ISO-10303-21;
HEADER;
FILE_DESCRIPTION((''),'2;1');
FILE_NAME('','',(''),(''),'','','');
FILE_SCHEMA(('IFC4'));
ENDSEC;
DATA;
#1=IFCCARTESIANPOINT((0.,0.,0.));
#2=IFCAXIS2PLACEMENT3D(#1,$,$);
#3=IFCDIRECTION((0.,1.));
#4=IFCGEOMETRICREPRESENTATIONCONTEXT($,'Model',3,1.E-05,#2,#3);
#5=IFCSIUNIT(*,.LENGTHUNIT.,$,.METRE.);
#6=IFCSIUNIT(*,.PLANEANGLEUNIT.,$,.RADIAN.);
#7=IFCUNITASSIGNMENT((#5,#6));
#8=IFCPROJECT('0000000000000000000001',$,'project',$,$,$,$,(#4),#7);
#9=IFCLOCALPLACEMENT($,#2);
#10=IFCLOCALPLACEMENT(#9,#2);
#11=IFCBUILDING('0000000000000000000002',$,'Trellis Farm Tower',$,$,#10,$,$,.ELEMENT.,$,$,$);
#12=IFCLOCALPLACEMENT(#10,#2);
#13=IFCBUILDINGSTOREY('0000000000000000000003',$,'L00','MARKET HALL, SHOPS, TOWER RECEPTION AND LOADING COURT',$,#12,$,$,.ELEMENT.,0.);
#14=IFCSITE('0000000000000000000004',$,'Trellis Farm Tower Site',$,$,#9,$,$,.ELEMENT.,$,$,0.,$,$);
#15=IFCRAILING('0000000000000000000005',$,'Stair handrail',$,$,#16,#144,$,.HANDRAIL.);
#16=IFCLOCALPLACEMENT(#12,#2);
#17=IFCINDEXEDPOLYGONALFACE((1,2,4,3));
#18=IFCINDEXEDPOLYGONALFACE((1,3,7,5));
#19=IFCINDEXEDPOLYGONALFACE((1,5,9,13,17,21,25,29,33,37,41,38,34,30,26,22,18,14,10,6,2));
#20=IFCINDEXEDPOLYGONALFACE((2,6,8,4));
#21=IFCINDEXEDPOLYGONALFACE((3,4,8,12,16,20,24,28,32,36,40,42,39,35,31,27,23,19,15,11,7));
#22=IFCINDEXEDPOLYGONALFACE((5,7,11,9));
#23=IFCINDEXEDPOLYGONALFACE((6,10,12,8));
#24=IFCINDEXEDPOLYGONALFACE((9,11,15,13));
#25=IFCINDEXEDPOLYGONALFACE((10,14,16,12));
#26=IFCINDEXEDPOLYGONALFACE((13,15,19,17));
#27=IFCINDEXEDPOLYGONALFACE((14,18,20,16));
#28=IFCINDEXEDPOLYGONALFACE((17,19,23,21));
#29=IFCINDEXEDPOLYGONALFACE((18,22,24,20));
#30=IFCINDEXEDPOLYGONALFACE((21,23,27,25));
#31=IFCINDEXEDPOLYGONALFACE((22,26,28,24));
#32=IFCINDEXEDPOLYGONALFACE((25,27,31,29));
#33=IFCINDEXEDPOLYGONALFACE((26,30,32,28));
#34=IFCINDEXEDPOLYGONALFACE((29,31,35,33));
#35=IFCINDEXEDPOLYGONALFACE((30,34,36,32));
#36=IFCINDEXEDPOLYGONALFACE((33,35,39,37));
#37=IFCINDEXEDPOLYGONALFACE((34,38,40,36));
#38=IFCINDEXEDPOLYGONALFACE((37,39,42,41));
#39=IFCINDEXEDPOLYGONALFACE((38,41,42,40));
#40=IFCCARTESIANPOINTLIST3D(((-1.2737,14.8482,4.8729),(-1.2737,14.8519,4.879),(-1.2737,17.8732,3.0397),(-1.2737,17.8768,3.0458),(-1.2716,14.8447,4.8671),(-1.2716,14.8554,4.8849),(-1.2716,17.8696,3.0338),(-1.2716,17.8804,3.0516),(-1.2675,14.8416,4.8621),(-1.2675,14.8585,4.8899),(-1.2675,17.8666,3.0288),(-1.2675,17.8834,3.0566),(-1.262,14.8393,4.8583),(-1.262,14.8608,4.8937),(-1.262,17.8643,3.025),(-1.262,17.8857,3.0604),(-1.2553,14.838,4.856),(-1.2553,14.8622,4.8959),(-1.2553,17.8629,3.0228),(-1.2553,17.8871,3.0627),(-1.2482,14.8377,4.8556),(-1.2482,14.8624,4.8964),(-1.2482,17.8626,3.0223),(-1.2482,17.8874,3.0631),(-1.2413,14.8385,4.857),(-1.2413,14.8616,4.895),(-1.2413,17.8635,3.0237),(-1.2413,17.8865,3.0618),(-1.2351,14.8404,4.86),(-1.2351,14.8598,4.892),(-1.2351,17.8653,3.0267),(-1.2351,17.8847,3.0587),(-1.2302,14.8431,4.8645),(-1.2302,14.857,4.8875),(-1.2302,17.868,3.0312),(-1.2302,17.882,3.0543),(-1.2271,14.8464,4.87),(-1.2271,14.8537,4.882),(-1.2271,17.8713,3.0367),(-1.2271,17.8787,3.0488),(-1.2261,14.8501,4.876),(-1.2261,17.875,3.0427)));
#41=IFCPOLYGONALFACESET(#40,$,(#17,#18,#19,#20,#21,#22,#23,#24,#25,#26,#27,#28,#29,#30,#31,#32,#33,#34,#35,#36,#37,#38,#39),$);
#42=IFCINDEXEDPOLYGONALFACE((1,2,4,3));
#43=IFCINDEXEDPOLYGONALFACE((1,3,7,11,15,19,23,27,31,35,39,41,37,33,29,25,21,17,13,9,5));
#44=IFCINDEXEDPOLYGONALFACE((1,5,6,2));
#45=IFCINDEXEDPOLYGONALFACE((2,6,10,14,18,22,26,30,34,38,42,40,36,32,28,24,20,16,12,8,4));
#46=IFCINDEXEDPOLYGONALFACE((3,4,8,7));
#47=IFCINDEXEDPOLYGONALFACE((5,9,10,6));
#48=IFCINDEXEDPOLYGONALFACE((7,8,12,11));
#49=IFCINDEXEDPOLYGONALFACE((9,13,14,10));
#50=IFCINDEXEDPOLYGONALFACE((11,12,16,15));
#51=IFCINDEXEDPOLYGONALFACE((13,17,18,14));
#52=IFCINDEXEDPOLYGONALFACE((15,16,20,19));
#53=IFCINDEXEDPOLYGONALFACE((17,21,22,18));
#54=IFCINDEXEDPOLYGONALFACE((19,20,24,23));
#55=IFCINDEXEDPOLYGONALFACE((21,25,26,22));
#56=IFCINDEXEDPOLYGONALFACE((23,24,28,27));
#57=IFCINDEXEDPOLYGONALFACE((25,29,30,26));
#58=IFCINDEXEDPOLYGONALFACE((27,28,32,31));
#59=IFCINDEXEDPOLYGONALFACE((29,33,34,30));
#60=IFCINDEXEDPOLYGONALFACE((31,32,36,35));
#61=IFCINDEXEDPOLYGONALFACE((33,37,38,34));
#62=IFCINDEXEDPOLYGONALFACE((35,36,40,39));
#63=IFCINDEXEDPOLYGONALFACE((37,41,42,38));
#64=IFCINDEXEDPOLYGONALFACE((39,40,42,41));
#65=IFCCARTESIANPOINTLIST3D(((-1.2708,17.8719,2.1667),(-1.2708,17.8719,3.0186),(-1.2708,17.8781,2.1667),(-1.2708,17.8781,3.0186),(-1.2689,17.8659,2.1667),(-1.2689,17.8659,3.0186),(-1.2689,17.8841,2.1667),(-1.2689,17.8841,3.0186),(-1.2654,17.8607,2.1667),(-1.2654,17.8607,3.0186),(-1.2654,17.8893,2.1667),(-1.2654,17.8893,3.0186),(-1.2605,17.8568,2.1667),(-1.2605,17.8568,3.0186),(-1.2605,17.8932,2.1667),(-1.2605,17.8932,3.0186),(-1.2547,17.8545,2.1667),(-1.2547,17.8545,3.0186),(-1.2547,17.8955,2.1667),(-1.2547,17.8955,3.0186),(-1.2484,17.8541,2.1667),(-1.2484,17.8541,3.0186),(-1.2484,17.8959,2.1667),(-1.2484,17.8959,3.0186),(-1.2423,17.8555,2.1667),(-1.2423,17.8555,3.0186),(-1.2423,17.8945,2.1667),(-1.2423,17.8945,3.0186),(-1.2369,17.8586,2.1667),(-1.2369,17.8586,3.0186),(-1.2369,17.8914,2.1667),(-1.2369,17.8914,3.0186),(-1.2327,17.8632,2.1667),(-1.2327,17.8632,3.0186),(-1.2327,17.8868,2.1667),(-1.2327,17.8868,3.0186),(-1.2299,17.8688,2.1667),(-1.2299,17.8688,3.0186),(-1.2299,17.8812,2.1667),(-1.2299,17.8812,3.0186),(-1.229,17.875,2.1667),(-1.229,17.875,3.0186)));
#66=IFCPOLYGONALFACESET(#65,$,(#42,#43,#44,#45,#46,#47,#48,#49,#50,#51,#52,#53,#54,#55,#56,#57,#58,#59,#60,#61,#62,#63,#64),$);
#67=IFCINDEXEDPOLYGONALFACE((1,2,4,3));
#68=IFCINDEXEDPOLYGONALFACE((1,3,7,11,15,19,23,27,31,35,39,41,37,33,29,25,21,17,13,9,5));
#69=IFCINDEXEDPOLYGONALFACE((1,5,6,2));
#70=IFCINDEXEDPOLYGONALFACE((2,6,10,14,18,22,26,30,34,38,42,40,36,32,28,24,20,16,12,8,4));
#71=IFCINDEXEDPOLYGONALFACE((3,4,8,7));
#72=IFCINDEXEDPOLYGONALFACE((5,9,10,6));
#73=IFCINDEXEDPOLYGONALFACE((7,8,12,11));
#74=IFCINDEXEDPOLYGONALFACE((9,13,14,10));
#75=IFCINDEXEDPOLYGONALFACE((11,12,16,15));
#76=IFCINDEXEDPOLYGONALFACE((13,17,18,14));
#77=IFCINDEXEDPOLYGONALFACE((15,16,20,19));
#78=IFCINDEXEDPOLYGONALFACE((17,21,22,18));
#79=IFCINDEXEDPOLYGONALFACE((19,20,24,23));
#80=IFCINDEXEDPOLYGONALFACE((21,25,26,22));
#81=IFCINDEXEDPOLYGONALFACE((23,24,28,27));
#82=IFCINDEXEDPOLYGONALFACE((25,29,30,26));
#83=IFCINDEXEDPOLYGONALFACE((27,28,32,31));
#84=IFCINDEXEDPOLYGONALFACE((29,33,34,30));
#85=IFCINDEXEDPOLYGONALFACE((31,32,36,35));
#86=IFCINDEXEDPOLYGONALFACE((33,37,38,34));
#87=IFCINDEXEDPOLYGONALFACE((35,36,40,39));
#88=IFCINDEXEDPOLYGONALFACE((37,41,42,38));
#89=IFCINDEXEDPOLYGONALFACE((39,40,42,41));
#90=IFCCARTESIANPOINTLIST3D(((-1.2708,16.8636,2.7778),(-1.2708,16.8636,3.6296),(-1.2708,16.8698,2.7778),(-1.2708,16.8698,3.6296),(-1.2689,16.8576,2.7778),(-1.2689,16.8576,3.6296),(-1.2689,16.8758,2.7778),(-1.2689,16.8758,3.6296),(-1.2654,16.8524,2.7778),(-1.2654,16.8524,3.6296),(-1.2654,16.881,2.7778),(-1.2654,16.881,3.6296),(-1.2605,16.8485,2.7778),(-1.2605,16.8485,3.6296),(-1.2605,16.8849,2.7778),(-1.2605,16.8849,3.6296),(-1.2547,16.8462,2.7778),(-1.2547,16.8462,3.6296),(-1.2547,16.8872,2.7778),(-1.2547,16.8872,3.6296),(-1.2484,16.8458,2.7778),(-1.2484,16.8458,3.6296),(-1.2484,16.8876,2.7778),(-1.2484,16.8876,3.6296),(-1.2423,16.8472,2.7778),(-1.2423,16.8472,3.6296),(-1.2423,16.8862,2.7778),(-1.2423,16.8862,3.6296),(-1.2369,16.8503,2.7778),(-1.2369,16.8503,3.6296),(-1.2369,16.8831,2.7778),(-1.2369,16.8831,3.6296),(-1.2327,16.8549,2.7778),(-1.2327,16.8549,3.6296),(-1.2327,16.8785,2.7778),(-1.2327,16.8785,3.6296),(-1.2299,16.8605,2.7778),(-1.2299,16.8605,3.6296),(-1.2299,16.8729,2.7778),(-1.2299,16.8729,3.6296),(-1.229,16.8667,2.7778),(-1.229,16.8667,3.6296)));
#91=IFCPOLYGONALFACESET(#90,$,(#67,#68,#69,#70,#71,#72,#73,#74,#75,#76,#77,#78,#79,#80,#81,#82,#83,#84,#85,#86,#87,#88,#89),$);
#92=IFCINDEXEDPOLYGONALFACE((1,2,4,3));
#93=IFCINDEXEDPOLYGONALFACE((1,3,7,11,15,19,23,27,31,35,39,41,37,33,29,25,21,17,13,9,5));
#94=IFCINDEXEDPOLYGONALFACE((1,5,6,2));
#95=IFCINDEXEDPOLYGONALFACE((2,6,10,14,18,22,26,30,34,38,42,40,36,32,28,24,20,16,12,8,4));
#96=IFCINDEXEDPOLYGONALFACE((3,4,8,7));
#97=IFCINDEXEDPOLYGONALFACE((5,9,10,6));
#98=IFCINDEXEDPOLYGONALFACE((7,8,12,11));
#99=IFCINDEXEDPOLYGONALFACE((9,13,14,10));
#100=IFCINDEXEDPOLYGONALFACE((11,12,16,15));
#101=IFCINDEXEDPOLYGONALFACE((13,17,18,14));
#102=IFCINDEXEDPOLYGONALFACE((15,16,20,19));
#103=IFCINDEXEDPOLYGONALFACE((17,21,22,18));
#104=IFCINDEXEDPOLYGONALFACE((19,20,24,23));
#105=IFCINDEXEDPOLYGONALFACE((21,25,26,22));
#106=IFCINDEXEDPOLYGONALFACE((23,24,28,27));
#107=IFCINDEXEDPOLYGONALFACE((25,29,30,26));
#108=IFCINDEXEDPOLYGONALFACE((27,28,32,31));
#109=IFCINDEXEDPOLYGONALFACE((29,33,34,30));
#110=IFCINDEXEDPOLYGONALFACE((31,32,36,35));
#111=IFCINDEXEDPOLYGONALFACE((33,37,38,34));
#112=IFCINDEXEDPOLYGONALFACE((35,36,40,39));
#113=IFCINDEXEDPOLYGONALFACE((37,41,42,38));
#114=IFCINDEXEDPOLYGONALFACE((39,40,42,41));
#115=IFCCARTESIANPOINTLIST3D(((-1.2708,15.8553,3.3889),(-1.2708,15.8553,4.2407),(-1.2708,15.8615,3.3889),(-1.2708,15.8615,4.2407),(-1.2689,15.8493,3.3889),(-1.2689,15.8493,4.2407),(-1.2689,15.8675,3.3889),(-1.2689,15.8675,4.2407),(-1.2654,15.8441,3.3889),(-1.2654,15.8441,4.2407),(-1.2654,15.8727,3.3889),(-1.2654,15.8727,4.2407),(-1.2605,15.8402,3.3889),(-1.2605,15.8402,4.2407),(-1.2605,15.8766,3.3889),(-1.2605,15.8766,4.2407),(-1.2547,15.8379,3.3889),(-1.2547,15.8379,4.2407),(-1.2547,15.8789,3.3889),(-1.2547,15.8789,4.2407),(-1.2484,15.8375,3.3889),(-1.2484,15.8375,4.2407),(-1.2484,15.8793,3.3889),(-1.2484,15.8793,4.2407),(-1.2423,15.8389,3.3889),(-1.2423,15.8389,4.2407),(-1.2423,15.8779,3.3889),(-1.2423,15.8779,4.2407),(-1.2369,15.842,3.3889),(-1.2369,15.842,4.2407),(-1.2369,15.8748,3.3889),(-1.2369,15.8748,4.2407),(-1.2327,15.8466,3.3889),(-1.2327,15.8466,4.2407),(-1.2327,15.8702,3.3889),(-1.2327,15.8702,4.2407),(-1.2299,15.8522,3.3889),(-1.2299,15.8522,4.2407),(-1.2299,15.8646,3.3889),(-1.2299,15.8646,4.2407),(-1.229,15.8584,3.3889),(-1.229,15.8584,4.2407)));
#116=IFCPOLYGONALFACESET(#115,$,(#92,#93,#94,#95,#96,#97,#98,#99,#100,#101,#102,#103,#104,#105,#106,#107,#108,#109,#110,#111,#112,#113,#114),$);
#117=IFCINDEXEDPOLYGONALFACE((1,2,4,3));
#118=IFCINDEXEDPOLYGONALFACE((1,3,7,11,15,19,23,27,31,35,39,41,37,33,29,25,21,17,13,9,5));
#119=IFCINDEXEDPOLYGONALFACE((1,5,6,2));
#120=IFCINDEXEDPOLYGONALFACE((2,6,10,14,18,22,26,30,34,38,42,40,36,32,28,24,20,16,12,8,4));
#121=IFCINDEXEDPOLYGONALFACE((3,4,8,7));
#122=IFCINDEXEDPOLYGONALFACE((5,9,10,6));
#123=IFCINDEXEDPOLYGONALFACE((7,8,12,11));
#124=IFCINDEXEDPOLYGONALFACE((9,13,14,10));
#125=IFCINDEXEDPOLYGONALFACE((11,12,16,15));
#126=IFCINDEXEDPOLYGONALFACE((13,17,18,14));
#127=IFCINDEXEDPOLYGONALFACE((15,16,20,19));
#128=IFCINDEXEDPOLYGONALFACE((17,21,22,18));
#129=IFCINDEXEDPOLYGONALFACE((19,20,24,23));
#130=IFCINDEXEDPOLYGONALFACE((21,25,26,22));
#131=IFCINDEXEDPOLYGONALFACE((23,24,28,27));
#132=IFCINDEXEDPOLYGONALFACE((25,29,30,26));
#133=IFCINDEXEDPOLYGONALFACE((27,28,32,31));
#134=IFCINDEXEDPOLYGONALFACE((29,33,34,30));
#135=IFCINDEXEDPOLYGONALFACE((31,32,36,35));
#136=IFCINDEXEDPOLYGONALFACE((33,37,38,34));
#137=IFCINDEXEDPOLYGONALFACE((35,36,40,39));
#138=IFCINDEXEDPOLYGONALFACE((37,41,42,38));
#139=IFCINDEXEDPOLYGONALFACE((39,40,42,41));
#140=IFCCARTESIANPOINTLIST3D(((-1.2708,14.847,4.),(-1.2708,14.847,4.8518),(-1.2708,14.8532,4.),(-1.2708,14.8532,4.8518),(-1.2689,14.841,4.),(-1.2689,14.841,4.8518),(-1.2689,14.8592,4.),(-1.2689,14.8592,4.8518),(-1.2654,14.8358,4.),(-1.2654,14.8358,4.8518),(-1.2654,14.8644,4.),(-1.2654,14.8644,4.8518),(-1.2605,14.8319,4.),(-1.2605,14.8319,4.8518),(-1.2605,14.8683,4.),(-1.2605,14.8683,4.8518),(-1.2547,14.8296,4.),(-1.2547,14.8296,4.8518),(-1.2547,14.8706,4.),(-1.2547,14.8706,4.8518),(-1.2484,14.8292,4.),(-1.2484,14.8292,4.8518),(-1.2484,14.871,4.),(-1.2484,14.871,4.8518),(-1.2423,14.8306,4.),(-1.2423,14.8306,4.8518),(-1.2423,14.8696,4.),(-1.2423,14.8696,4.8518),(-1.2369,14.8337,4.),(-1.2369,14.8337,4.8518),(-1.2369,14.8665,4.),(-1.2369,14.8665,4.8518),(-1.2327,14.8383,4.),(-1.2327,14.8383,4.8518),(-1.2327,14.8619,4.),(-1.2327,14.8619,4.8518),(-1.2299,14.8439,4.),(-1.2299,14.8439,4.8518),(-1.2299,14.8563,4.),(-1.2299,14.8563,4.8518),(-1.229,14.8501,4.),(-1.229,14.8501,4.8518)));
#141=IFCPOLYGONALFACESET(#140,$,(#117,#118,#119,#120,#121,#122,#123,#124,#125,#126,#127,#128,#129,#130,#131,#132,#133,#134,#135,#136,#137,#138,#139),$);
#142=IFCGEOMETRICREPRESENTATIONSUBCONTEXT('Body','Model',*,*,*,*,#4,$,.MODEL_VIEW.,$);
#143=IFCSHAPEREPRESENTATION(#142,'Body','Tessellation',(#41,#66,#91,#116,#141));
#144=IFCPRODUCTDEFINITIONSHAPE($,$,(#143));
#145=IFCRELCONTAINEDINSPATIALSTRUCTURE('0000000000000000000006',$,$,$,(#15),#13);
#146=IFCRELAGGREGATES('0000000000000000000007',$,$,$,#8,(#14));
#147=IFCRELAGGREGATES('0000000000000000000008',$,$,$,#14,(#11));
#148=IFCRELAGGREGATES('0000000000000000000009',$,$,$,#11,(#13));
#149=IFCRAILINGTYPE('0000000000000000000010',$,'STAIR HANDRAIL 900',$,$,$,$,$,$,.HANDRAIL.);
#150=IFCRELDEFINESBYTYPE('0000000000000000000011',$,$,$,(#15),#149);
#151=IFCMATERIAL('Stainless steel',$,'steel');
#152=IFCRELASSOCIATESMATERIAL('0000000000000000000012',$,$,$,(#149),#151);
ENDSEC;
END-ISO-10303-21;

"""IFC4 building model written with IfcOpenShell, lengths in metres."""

from ifc_helpers import new_model, si_unit, direction, frame, origin, origin_2d, place, context, subcontext, project, spatial, circle, extrude, source, transform, mapped, material, type_object, element, save


model = new_model("IFC4")

# Units and contexts
model_context = context("Model", 3, precision=1e-05, world=origin(), true_north=direction((0.0, 1.0)))
body_context = subcontext(model_context, "Body", "Model", "MODEL_VIEW")
ifc_project = project(units=[si_unit("LENGTHUNIT", "METRE"), si_unit("PLANEANGLEUNIT", "RADIAN")], contexts=[model_context])

# Site, building, storey
site_placement = place(None, origin())
site = spatial("IfcSite", under=ifc_project, at=site_placement, Name="Trellis Farm Tower Site", CompositionType="ELEMENT", RefElevation=0.0)
building_placement = place(site_placement, origin())
building = spatial("IfcBuilding", under=site, at=building_placement, Name="Trellis Farm Tower", CompositionType="ELEMENT")
storey_placement = place(building_placement, origin())
storey = spatial("IfcBuildingStorey", under=building, at=storey_placement, Name="L00", Description="MARKET HALL, SHOPS, TOWER RECEPTION AND LOADING COURT", CompositionType="ELEMENT", Elevation=0.0)

# Railing
ifc_material_1 = material(Name="Stainless steel", Category="steel")
railing_type = type_object("IfcRailingType", Name="STAIR HANDRAIL 900", PredefinedType="HANDRAIL", material=ifc_material_1)
shared_shape_1 = source(origin(), body_context, "Body", "SweptSolid", [
    extrude(circle(Radius=0.0239, at=origin_2d()), frame((0.0, 0.0, 0.876), z_axis=(0.0, -0.855201, 0.518297), x_axis=(1.0, 0.0, 0.0)), (0.0, 0.0, 1.0), 3.5371),
    extrude(circle(Radius=0.021, at=origin_2d()), origin(), (0.0, 0.0, 1.0), 0.8518),
    extrude(circle(Radius=0.021, at=origin_2d()), frame((0.0, -1.0083, 0.6111)), (0.0, 0.0, 1.0), 0.8518),
    extrude(circle(Radius=0.021, at=origin_2d()), frame((0.0, -2.0166, 1.2222)), (0.0, 0.0, 1.0), 0.8518),
    extrude(circle(Radius=0.021, at=origin_2d()), frame((0.0, -3.0249, 1.8333)), (0.0, 0.0, 1.0), 0.8518),
])
for number, where, name in (
    (1, (-1.25, 17.875, 2.1667), "Stair handrail"),
):
    element("IfcRailing", number, at=place(storey_placement, frame(where)), inside=storey, type_object=railing_type, Name=name, PredefinedType="HANDRAIL", context=body_context, shape_type="MappedRepresentation", body=[
        mapped(shared_shape_1, transform((0.0, 0.0, 0.0))),
    ])

save(model, "model.ifc")
